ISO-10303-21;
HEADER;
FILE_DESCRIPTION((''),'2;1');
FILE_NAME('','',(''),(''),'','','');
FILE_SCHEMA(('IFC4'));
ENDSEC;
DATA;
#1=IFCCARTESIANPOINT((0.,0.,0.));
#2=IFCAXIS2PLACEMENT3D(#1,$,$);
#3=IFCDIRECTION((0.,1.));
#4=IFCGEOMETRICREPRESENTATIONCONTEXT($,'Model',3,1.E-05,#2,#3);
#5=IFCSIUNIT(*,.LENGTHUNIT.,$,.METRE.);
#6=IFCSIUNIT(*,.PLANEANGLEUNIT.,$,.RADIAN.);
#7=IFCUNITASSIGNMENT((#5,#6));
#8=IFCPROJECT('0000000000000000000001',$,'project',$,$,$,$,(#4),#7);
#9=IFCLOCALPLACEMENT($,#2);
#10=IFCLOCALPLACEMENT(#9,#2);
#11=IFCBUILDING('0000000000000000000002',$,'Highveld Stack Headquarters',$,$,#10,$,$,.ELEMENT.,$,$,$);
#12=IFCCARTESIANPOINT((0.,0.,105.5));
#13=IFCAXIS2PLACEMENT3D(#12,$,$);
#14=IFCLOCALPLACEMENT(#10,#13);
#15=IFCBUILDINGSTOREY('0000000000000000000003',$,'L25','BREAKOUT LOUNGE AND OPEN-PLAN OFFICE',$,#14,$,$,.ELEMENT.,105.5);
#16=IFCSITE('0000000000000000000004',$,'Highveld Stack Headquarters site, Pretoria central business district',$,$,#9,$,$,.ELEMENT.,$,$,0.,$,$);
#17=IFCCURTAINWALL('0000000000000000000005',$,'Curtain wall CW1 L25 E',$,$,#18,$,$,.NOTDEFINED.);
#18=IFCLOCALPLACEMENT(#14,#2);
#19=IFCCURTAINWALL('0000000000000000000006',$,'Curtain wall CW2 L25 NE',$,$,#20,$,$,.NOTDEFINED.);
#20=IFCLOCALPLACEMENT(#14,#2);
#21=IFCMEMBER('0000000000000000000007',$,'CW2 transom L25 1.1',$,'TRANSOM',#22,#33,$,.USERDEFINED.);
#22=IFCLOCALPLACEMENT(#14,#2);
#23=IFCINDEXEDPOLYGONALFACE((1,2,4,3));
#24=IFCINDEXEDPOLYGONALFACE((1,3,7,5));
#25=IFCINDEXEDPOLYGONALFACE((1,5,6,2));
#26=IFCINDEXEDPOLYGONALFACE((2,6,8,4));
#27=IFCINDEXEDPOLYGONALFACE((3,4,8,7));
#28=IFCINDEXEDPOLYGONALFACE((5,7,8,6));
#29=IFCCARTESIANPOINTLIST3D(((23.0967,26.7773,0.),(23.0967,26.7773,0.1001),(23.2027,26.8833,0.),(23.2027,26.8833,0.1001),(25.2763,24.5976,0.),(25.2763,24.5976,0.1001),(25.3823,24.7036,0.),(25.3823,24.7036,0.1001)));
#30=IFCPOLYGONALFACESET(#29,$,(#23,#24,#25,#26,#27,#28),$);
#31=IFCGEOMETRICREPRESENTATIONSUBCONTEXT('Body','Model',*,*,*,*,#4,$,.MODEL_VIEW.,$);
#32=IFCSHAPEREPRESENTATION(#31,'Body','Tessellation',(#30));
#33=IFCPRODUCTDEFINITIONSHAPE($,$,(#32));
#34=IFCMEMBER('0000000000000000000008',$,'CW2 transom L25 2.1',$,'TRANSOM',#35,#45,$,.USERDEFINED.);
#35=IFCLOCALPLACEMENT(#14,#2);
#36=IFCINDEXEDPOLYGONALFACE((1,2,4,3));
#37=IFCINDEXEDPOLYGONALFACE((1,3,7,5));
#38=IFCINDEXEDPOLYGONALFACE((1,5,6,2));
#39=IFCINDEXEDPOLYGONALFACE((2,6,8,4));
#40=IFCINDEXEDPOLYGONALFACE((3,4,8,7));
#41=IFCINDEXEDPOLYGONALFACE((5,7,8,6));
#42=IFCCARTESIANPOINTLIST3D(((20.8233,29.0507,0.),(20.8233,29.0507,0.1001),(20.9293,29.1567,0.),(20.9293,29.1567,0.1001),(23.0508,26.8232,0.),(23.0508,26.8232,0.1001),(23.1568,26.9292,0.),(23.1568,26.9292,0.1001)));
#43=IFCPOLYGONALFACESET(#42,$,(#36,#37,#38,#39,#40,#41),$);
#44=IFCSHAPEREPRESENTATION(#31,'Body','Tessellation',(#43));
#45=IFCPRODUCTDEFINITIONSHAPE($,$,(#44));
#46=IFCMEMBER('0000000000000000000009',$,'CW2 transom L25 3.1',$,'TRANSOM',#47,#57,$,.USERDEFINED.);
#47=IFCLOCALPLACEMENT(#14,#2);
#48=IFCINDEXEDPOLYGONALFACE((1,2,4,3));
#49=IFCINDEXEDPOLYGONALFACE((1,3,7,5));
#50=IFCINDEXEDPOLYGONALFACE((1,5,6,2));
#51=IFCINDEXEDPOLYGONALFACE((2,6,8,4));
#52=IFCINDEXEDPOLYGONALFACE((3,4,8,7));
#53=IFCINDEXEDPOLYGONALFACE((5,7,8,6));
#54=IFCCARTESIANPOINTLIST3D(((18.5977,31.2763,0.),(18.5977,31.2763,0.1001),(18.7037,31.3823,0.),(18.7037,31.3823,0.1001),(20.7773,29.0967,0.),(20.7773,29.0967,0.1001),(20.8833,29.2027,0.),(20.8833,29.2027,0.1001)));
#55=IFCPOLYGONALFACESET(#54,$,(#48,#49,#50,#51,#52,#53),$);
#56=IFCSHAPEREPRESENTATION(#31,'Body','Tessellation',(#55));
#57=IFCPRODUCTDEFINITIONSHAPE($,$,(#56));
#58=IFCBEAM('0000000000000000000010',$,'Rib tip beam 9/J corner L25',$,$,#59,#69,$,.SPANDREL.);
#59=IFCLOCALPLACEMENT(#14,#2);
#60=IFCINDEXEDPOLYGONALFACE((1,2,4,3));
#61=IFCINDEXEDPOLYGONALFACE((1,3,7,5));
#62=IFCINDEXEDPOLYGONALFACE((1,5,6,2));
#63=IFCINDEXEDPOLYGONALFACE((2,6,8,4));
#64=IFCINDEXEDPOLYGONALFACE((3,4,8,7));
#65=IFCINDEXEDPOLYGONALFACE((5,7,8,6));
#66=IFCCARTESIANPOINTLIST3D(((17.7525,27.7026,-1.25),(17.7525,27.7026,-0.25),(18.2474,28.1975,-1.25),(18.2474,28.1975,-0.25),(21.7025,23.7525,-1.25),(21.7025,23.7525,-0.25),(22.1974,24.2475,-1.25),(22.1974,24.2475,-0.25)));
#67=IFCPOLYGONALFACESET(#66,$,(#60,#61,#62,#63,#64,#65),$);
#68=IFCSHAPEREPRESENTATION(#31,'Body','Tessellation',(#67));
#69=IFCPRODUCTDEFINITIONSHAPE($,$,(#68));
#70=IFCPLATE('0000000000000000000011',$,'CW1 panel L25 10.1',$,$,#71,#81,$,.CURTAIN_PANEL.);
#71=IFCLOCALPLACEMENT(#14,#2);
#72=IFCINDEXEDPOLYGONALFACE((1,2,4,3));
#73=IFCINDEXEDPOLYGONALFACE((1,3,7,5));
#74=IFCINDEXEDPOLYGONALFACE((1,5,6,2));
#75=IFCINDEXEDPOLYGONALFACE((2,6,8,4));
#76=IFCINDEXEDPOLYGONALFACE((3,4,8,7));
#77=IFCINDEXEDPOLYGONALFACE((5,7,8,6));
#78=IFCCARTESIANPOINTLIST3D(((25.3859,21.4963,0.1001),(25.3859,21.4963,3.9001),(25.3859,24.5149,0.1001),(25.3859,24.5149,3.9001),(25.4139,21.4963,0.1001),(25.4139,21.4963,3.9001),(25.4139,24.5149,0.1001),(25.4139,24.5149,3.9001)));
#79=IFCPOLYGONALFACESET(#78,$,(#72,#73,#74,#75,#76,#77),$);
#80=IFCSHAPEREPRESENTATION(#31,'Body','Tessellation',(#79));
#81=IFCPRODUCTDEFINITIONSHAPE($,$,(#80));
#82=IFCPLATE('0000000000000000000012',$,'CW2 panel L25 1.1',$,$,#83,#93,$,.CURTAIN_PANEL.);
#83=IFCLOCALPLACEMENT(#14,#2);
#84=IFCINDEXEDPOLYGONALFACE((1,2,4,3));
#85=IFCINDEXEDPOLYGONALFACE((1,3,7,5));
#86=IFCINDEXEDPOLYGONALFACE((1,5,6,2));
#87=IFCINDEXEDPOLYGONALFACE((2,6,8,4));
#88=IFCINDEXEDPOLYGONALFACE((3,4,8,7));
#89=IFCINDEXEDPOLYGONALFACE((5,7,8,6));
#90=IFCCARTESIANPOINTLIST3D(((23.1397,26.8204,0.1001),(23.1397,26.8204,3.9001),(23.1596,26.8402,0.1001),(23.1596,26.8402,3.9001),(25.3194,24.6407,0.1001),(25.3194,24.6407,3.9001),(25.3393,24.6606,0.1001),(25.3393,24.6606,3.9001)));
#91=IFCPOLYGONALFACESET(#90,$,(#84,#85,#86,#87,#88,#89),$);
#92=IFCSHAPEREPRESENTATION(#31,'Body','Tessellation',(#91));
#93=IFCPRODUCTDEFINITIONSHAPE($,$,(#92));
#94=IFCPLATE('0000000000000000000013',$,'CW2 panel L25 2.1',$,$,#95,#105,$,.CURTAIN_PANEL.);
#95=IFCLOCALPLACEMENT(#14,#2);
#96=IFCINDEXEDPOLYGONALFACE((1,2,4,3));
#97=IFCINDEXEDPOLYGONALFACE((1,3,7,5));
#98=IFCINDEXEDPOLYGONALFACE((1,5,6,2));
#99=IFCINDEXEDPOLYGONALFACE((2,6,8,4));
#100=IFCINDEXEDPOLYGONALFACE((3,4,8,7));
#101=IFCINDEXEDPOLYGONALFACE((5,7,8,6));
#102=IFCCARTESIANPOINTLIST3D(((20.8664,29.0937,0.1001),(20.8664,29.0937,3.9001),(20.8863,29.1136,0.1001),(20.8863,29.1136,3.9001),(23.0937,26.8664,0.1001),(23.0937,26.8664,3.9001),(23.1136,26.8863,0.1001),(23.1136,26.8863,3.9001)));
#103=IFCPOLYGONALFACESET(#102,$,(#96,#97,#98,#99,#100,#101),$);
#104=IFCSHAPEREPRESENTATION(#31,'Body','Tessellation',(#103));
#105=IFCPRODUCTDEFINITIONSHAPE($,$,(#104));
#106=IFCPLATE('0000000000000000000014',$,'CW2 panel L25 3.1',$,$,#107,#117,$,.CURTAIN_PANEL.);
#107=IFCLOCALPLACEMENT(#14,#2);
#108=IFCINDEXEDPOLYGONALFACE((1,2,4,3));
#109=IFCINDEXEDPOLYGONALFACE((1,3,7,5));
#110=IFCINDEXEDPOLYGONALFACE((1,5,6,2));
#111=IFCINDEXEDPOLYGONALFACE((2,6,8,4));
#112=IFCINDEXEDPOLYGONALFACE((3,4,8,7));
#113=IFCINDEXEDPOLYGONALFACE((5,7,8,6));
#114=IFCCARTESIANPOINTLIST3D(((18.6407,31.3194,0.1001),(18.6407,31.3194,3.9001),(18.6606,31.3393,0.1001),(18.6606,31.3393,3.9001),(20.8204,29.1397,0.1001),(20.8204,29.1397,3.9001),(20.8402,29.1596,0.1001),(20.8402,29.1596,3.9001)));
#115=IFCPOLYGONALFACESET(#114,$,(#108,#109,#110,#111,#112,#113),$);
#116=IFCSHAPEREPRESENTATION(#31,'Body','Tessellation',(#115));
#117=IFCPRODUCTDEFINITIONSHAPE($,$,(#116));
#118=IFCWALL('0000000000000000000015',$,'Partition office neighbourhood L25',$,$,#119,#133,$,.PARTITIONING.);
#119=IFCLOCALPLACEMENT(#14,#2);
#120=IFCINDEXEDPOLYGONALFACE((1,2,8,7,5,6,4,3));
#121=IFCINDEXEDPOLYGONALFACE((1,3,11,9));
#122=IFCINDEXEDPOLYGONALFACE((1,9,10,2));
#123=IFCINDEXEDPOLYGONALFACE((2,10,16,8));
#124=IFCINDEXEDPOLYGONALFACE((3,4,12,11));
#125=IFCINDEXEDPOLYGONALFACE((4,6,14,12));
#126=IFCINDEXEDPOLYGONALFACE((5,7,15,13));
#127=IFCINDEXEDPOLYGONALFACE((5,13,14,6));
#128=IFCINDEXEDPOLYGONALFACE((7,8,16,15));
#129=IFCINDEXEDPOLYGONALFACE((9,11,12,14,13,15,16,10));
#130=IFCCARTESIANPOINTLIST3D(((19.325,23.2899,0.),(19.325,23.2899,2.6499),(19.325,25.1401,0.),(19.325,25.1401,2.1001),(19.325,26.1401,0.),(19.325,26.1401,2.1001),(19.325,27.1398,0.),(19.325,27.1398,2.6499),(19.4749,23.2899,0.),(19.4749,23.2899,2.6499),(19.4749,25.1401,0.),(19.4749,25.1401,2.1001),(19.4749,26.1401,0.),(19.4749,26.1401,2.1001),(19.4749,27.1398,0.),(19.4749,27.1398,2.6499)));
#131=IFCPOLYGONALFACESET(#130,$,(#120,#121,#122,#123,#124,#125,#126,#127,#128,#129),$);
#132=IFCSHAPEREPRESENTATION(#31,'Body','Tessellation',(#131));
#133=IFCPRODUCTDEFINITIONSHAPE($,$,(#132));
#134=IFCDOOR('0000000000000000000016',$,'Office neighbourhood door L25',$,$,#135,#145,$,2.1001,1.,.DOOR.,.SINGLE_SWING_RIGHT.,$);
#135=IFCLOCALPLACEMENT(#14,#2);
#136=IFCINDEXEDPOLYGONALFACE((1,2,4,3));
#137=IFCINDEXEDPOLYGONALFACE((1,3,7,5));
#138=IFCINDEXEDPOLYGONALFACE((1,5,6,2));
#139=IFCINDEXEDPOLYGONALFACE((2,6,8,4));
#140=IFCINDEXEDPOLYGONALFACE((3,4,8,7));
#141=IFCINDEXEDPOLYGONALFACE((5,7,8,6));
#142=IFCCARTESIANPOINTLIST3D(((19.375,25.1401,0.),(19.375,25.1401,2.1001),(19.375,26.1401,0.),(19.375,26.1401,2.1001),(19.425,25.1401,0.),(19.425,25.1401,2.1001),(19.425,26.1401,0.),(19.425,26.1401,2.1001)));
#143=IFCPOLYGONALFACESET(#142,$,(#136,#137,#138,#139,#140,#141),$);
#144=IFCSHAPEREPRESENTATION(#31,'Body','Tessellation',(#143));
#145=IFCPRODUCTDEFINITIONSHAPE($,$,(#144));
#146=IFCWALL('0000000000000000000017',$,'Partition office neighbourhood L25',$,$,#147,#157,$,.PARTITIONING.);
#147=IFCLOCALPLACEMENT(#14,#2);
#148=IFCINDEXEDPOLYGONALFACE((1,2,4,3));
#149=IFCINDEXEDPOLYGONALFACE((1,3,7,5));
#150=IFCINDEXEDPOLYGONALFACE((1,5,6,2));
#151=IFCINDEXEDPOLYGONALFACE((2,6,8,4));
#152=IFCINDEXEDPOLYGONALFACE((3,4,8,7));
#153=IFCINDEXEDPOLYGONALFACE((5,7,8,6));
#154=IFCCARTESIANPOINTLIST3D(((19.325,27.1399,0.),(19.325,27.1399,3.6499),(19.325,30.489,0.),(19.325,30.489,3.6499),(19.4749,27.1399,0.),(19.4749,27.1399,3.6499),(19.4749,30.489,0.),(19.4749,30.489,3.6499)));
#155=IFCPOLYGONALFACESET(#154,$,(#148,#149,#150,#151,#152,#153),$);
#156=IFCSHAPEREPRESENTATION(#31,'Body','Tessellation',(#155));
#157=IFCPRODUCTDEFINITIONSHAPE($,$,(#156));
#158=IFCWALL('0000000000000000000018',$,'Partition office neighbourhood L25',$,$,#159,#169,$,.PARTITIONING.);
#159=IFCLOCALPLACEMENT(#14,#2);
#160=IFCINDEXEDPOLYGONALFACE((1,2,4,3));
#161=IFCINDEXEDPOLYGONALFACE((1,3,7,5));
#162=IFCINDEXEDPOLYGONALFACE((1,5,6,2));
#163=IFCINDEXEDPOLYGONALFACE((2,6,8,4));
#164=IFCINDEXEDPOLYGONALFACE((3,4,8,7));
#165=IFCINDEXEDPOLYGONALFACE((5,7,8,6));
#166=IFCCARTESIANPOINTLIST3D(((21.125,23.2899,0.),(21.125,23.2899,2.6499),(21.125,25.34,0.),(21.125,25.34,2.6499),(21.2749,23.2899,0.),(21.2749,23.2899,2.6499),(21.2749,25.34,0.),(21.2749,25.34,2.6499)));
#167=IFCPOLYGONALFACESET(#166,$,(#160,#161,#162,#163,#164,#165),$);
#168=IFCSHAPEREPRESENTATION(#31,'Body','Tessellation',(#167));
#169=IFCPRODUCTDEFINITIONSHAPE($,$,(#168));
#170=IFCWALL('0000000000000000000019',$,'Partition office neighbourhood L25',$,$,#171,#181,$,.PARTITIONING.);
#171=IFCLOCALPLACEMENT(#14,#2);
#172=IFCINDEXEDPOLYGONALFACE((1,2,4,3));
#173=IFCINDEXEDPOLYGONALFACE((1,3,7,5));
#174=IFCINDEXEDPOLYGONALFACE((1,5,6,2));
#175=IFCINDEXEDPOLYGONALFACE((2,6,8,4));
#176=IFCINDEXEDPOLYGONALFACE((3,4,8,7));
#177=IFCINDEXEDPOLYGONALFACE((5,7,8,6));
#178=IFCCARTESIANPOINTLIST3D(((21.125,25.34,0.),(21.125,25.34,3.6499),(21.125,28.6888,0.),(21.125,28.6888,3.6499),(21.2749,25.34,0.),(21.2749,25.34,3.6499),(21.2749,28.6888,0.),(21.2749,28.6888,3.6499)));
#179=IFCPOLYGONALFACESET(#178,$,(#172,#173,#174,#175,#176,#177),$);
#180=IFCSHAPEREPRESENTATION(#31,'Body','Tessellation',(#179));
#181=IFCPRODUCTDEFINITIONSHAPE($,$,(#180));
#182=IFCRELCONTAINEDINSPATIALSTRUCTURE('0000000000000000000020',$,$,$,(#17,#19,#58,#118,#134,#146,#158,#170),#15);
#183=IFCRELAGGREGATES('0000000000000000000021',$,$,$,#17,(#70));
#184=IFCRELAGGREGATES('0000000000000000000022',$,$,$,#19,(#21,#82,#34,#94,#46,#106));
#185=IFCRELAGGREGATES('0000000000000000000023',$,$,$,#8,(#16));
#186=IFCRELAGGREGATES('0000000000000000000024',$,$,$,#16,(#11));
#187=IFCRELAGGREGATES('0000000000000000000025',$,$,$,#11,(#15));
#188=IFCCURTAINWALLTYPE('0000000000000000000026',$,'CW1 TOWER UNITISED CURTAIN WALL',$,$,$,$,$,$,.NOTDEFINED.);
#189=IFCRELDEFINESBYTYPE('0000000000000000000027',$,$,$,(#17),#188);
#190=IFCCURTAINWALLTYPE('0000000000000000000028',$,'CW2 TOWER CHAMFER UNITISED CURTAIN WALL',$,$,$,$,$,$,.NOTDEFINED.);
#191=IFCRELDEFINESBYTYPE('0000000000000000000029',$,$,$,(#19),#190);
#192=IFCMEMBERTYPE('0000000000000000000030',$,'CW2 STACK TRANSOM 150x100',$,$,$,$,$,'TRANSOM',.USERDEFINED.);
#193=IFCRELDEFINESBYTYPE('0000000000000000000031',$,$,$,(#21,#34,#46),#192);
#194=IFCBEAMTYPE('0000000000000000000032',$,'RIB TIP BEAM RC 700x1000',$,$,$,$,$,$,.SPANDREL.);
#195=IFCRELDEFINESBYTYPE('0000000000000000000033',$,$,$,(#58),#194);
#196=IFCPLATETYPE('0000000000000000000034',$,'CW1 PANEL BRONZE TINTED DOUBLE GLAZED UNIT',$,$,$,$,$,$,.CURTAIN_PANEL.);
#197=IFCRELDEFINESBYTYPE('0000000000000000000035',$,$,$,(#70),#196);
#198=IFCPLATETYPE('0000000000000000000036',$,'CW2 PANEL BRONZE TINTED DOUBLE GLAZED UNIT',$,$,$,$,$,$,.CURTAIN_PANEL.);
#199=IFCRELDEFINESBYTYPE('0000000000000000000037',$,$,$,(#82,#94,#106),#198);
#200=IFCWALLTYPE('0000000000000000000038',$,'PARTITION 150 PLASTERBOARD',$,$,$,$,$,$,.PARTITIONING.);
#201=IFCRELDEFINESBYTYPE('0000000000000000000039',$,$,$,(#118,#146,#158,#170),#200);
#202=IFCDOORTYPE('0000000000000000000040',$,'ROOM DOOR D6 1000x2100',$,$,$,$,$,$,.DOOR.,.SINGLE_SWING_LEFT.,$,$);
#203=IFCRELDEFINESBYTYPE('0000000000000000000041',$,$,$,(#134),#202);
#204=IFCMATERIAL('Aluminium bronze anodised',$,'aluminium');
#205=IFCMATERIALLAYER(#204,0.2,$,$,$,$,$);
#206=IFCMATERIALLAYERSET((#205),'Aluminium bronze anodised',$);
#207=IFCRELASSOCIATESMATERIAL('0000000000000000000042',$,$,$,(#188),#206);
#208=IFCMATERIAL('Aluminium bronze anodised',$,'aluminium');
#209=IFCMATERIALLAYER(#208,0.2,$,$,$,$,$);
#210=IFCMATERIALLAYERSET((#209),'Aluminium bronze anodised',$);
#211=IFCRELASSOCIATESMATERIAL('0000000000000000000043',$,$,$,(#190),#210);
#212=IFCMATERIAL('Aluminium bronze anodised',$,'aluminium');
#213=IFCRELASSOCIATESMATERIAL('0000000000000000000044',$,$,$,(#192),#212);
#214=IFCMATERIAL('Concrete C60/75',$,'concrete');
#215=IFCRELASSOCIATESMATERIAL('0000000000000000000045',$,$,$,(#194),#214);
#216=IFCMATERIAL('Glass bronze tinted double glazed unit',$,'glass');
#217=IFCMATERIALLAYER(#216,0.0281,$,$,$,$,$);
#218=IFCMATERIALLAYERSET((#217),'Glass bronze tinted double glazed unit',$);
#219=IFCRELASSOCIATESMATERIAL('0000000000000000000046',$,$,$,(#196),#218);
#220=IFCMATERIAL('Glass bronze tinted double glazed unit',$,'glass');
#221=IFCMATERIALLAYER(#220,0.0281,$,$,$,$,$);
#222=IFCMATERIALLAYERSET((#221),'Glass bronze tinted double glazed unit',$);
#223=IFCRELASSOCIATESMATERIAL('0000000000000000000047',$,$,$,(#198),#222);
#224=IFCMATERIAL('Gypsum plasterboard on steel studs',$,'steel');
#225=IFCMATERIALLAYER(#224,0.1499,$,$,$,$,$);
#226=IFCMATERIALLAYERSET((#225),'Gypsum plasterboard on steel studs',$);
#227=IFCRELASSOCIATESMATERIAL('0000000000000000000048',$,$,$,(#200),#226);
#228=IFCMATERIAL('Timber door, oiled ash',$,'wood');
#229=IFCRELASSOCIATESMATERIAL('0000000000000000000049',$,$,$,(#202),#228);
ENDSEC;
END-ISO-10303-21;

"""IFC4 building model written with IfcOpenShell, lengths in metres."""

from ifc_helpers import new_model, si_unit, direction, frame, frame_2d, origin, origin_2d, place, context, subcontext, project, spatial, rectangle, extrude, material, layer, layer_set, material_profile, profile_set, type_object, element, fill, aggregate, save


model = new_model("IFC4")

# Units and contexts
model_context = context("Model", 3, precision=1e-05, world=origin(), true_north=direction((0.0, 1.0)))
body_context = subcontext(model_context, "Body", "Model", "MODEL_VIEW")
ifc_project = project(units=[si_unit("LENGTHUNIT", "METRE"), si_unit("PLANEANGLEUNIT", "RADIAN")], contexts=[model_context])

# Site, building, storey
site_placement = place(None, origin())
site = spatial("IfcSite", under=ifc_project, at=site_placement, Name="Highveld Stack Headquarters site, Pretoria central business district", CompositionType="ELEMENT", RefElevation=0.0)
building_placement = place(site_placement, origin())
building = spatial("IfcBuilding", under=site, at=building_placement, Name="Highveld Stack Headquarters", CompositionType="ELEMENT")
storey_placement = place(building_placement, frame((0.0, 0.0, 105.5)))
storey = spatial("IfcBuildingStorey", under=building, at=storey_placement, Name="L25", Description="BREAKOUT LOUNGE AND OPEN-PLAN OFFICE", CompositionType="ELEMENT", Elevation=105.5)

# Curtain wall
ifc_material_1 = material(Name="Aluminium bronze anodised", Category="aluminium")
ifc_layer_1 = layer(ifc_material_1, 0.2)
ifc_layer_set_1 = layer_set([ifc_layer_1], Name="Aluminium bronze anodised")
curtain_wall_type_1 = type_object("IfcCurtainWallType", Name="CW1 TOWER UNITISED CURTAIN WALL", PredefinedType="NOTDEFINED", material=ifc_layer_set_1)
curtain_wall_1_placement = place(storey_placement, origin())
curtain_wall_1 = element("IfcCurtainWall", 1, at=curtain_wall_1_placement, inside=storey, type_object=curtain_wall_type_1, Name="Curtain wall CW1 L25 E", PredefinedType="NOTDEFINED")

# Curtain wall, members
ifc_material_2 = material(Name="Aluminium bronze anodised", Category="aluminium")
ifc_layer_2 = layer(ifc_material_2, 0.2)
ifc_layer_set_2 = layer_set([ifc_layer_2], Name="Aluminium bronze anodised")
curtain_wall_type_2 = type_object("IfcCurtainWallType", Name="CW2 TOWER CHAMFER UNITISED CURTAIN WALL", PredefinedType="NOTDEFINED", material=ifc_layer_set_2)
curtain_wall_2_placement = place(storey_placement, origin())
curtain_wall_2 = element("IfcCurtainWall", 2, at=curtain_wall_2_placement, inside=storey, type_object=curtain_wall_type_2, Name="Curtain wall CW2 L25 NE", PredefinedType="NOTDEFINED")
ifc_material_3 = material(Name="Aluminium bronze anodised", Category="aluminium")
ifc_material_profile_1 = material_profile(ifc_material_3, rectangle(XDim=0.1499, YDim=0.1001, at=origin_2d()), Name="CW2 TRANSOM 150x100")
ifc_profile_set_1 = profile_set([ifc_material_profile_1], Name="Aluminium bronze anodised")
member_type_1 = type_object("IfcMemberType", Name="CW2 STACK TRANSOM 150x100", ElementType="TRANSOM", PredefinedType="USERDEFINED", material=ifc_profile_set_1)
member_1_placement = place(storey_placement, frame((25.3293, 24.6506, 0.05), z_axis=(-0.707107, 0.707107, 0.0), x_axis=(-0.707107, -0.707107, 0.0)))
member_1 = element("IfcMember", 3, at=member_1_placement, type_object=member_type_1, Name="CW2 transom L25 1.1", ObjectType="TRANSOM", PredefinedType="USERDEFINED", context=body_context, shape_type="SweptSolid", body=[
    extrude(rectangle(XDim=0.1499, YDim=0.1001, at=origin_2d()), origin(), (0.0, 0.0, 1.0), 3.0825),
])
member_2_placement = place(storey_placement, frame((23.1038, 26.8762, 0.05), z_axis=(-0.707107, 0.707107, 0.0), x_axis=(-0.707107, -0.707107, 0.0)))
member_2 = element("IfcMember", 4, at=member_2_placement, type_object=member_type_1, Name="CW2 transom L25 2.1", ObjectType="TRANSOM", PredefinedType="USERDEFINED", context=body_context, shape_type="SweptSolid", body=[
    extrude(rectangle(XDim=0.1499, YDim=0.1001, at=origin_2d()), origin(), (0.0, 0.0, 1.0), 3.1501),
])
member_3_placement = place(storey_placement, frame((20.8303, 29.1497, 0.05), z_axis=(-0.707107, 0.707107, 0.0), x_axis=(-0.707107, -0.707107, 0.0)))
member_3 = element("IfcMember", 5, at=member_3_placement, type_object=member_type_1, Name="CW2 transom L25 3.1", ObjectType="TRANSOM", PredefinedType="USERDEFINED", context=body_context, shape_type="SweptSolid", body=[
    extrude(rectangle(XDim=0.1499, YDim=0.1001, at=origin_2d()), origin(), (0.0, 0.0, 1.0), 3.0825),
])

# Beam
ifc_material_4 = material(Name="Concrete C60/75", Category="concrete")
ifc_material_profile_2 = material_profile(ifc_material_4, rectangle(XDim=0.7, YDim=1.0, at=origin_2d()), Name="RC 700x1000")
ifc_profile_set_2 = profile_set([ifc_material_profile_2], Name="Concrete C60/75")
beam_type_1 = type_object("IfcBeamType", Name="RIB TIP BEAM RC 700x1000", PredefinedType="SPANDREL", material=ifc_profile_set_2)
beam_1_placement = place(storey_placement, frame((21.95, 24.0, -0.75), z_axis=(-0.707107, 0.707107, 0.0), x_axis=(-0.707107, -0.707107, 0.0)))
element("IfcBeam", 6, at=beam_1_placement, inside=storey, type_object=beam_type_1, Name="Rib tip beam 9/J corner L25", PredefinedType="SPANDREL", context=body_context, shape_type="SweptSolid", body=[
    extrude(rectangle(XDim=0.7, YDim=1.0, at=origin_2d()), origin(), (0.0, 0.0, 1.0), 5.5862),
])

# Plates
ifc_material_5 = material(Name="Glass bronze tinted double glazed unit", Category="glass")
ifc_layer_3 = layer(ifc_material_5, 0.0281)
ifc_layer_set_3 = layer_set([ifc_layer_3], Name="Glass bronze tinted double glazed unit")
plate_type_1 = type_object("IfcPlateType", Name="CW1 PANEL BRONZE TINTED DOUBLE GLAZED UNIT", PredefinedType="CURTAIN_PANEL", material=ifc_layer_set_3)
plate_1_placement = place(storey_placement, frame((25.3999, 23.0056, 0.1001), z_axis=(0.0, 0.0, 1.0), x_axis=(0.0, 1.0, 0.0)))
plate_1 = element("IfcPlate", 7, at=plate_1_placement, type_object=plate_type_1, Name="CW1 panel L25 10.1", PredefinedType="CURTAIN_PANEL", context=body_context, shape_type="SweptSolid", body=[
    extrude(rectangle(XDim=3.0186, YDim=0.0281, at=origin_2d()), origin(), (0.0, 0.0, 1.0), 3.8),
])
aggregate(curtain_wall_1, [plate_1])
ifc_material_6 = material(Name="Glass bronze tinted double glazed unit", Category="glass")
ifc_layer_4 = layer(ifc_material_6, 0.0281)
ifc_layer_set_4 = layer_set([ifc_layer_4], Name="Glass bronze tinted double glazed unit")
plate_type_2 = type_object("IfcPlateType", Name="CW2 PANEL BRONZE TINTED DOUBLE GLAZED UNIT", PredefinedType="CURTAIN_PANEL", material=ifc_layer_set_4)
plate_2_placement = place(storey_placement, frame((24.2395, 25.7405, 0.1001), z_axis=(0.0, 0.0, 1.0), x_axis=(-0.707107, 0.707107, 0.0)))
plate_2 = element("IfcPlate", 8, at=plate_2_placement, type_object=plate_type_2, Name="CW2 panel L25 1.1", PredefinedType="CURTAIN_PANEL", context=body_context, shape_type="SweptSolid", body=[
    extrude(rectangle(XDim=3.0825, YDim=0.0281, at=origin_2d()), origin(), (0.0, 0.0, 1.0), 3.8),
])
plate_3_placement = place(storey_placement, frame((21.99, 27.99, 0.1001), z_axis=(0.0, 0.0, 1.0), x_axis=(-0.707107, 0.707107, 0.0)))
plate_3 = element("IfcPlate", 9, at=plate_3_placement, type_object=plate_type_2, Name="CW2 panel L25 2.1", PredefinedType="CURTAIN_PANEL", context=body_context, shape_type="SweptSolid", body=[
    extrude(rectangle(XDim=3.1499, YDim=0.0281, at=origin_2d()), origin(), (0.0, 0.0, 1.0), 3.8),
])
plate_4_placement = place(storey_placement, frame((19.7405, 30.2395, 0.1001), z_axis=(0.0, 0.0, 1.0), x_axis=(-0.707107, 0.707107, 0.0)))
plate_4 = element("IfcPlate", 10, at=plate_4_placement, type_object=plate_type_2, Name="CW2 panel L25 3.1", PredefinedType="CURTAIN_PANEL", context=body_context, shape_type="SweptSolid", body=[
    extrude(rectangle(XDim=3.0825, YDim=0.0281, at=origin_2d()), origin(), (0.0, 0.0, 1.0), 3.8),
])
aggregate(curtain_wall_2, [member_1, plate_2, member_2, plate_3, member_3, plate_4])

# Wall, opening, door
ifc_material_7 = material(Name="Gypsum plasterboard on steel studs", Category="steel")
ifc_layer_5 = layer(ifc_material_7, 0.1499)
ifc_layer_set_5 = layer_set([ifc_layer_5], Name="Gypsum plasterboard on steel studs")
wall_type = type_object("IfcWallType", Name="PARTITION 150 PLASTERBOARD", PredefinedType="PARTITIONING", material=ifc_layer_set_5)
wall_1_placement = place(storey_placement, frame((19.3999, 23.29, 0.0), z_axis=(0.0, 0.0, 1.0), x_axis=(0.0, 1.0, 0.0)))
wall_1 = element("IfcWall", 11, at=wall_1_placement, inside=storey, type_object=wall_type, Name="Partition office neighbourhood L25", PredefinedType="PARTITIONING", context=body_context, shape_type="SweptSolid", body=[
    extrude(rectangle(XDim=3.8499, YDim=0.1499, at=frame_2d((1.9248, 0.0))), origin(), (0.0, 0.0, 1.0), 2.6499),
])
opening_placement = place(wall_1_placement, frame((1.8501, 0.0, 0.0)))
opening = element("IfcOpeningElement", 12, at=opening_placement, cuts=wall_1, PredefinedType="OPENING", context=body_context, shape_type="SweptSolid", body=[
    extrude(rectangle(XDim=1.0, YDim=2.1001, at=frame_2d((0.5, 1.05))), frame((0.0, 0.085, 0.0), z_axis=(0.0, -1.0, 0.0), x_axis=(1.0, 0.0, 0.0)), (0.0, 0.0, 1.0), 0.1699),
])
ifc_material_8 = material(Name="Timber door, oiled ash", Category="wood")
door_type = type_object("IfcDoorType", Name="ROOM DOOR D6 1000x2100", OperationType="SINGLE_SWING_LEFT", PredefinedType="DOOR", material=ifc_material_8)
door_placement = place(opening_placement, origin())
door = element("IfcDoor", 13, at=door_placement, inside=storey, type_object=door_type, Name="Office neighbourhood door L25", OperationType="SINGLE_SWING_RIGHT", OverallHeight=2.1001, OverallWidth=1.0, PredefinedType="DOOR", context=body_context, shape_type="SweptSolid", body=[
    extrude(rectangle(XDim=1.0, YDim=2.1001, at=frame_2d((0.5, 1.05))), frame((0.0, 0.0249, 0.0), z_axis=(0.0, -1.0, 0.0), x_axis=(1.0, 0.0, 0.0)), (0.0, 0.0, 1.0), 0.05),
])
fill(opening, door)

# Walls
wall_2_placement = place(storey_placement, frame((19.3999, 27.1399, 0.0), z_axis=(0.0, 0.0, 1.0), x_axis=(0.0, 1.0, 0.0)))
element("IfcWall", 14, at=wall_2_placement, inside=storey, type_object=wall_type, Name="Partition office neighbourhood L25", PredefinedType="PARTITIONING", context=body_context, shape_type="SweptSolid", body=[
    extrude(rectangle(XDim=3.3491, YDim=0.1499, at=frame_2d((1.6746, 0.0))), origin(), (0.0, 0.0, 1.0), 3.6499),
])
wall_3_placement = place(storey_placement, frame((21.2, 23.29, 0.0), z_axis=(0.0, 0.0, 1.0), x_axis=(0.0, 1.0, 0.0)))
element("IfcWall", 15, at=wall_3_placement, inside=storey, type_object=wall_type, Name="Partition office neighbourhood L25", PredefinedType="PARTITIONING", context=body_context, shape_type="SweptSolid", body=[
    extrude(rectangle(XDim=2.05, YDim=0.1499, at=frame_2d((1.0249, 0.0))), origin(), (0.0, 0.0, 1.0), 2.6499),
])
wall_4_placement = place(storey_placement, frame((21.2, 25.3401, 0.0), z_axis=(0.0, 0.0, 1.0), x_axis=(0.0, 1.0, 0.0)))
element("IfcWall", 16, at=wall_4_placement, inside=storey, type_object=wall_type, Name="Partition office neighbourhood L25", PredefinedType="PARTITIONING", context=body_context, shape_type="SweptSolid", body=[
    extrude(rectangle(XDim=3.3489, YDim=0.1499, at=frame_2d((1.6743, 0.0))), origin(), (0.0, 0.0, 1.0), 3.6499),
])

save(model, "model.ifc")
